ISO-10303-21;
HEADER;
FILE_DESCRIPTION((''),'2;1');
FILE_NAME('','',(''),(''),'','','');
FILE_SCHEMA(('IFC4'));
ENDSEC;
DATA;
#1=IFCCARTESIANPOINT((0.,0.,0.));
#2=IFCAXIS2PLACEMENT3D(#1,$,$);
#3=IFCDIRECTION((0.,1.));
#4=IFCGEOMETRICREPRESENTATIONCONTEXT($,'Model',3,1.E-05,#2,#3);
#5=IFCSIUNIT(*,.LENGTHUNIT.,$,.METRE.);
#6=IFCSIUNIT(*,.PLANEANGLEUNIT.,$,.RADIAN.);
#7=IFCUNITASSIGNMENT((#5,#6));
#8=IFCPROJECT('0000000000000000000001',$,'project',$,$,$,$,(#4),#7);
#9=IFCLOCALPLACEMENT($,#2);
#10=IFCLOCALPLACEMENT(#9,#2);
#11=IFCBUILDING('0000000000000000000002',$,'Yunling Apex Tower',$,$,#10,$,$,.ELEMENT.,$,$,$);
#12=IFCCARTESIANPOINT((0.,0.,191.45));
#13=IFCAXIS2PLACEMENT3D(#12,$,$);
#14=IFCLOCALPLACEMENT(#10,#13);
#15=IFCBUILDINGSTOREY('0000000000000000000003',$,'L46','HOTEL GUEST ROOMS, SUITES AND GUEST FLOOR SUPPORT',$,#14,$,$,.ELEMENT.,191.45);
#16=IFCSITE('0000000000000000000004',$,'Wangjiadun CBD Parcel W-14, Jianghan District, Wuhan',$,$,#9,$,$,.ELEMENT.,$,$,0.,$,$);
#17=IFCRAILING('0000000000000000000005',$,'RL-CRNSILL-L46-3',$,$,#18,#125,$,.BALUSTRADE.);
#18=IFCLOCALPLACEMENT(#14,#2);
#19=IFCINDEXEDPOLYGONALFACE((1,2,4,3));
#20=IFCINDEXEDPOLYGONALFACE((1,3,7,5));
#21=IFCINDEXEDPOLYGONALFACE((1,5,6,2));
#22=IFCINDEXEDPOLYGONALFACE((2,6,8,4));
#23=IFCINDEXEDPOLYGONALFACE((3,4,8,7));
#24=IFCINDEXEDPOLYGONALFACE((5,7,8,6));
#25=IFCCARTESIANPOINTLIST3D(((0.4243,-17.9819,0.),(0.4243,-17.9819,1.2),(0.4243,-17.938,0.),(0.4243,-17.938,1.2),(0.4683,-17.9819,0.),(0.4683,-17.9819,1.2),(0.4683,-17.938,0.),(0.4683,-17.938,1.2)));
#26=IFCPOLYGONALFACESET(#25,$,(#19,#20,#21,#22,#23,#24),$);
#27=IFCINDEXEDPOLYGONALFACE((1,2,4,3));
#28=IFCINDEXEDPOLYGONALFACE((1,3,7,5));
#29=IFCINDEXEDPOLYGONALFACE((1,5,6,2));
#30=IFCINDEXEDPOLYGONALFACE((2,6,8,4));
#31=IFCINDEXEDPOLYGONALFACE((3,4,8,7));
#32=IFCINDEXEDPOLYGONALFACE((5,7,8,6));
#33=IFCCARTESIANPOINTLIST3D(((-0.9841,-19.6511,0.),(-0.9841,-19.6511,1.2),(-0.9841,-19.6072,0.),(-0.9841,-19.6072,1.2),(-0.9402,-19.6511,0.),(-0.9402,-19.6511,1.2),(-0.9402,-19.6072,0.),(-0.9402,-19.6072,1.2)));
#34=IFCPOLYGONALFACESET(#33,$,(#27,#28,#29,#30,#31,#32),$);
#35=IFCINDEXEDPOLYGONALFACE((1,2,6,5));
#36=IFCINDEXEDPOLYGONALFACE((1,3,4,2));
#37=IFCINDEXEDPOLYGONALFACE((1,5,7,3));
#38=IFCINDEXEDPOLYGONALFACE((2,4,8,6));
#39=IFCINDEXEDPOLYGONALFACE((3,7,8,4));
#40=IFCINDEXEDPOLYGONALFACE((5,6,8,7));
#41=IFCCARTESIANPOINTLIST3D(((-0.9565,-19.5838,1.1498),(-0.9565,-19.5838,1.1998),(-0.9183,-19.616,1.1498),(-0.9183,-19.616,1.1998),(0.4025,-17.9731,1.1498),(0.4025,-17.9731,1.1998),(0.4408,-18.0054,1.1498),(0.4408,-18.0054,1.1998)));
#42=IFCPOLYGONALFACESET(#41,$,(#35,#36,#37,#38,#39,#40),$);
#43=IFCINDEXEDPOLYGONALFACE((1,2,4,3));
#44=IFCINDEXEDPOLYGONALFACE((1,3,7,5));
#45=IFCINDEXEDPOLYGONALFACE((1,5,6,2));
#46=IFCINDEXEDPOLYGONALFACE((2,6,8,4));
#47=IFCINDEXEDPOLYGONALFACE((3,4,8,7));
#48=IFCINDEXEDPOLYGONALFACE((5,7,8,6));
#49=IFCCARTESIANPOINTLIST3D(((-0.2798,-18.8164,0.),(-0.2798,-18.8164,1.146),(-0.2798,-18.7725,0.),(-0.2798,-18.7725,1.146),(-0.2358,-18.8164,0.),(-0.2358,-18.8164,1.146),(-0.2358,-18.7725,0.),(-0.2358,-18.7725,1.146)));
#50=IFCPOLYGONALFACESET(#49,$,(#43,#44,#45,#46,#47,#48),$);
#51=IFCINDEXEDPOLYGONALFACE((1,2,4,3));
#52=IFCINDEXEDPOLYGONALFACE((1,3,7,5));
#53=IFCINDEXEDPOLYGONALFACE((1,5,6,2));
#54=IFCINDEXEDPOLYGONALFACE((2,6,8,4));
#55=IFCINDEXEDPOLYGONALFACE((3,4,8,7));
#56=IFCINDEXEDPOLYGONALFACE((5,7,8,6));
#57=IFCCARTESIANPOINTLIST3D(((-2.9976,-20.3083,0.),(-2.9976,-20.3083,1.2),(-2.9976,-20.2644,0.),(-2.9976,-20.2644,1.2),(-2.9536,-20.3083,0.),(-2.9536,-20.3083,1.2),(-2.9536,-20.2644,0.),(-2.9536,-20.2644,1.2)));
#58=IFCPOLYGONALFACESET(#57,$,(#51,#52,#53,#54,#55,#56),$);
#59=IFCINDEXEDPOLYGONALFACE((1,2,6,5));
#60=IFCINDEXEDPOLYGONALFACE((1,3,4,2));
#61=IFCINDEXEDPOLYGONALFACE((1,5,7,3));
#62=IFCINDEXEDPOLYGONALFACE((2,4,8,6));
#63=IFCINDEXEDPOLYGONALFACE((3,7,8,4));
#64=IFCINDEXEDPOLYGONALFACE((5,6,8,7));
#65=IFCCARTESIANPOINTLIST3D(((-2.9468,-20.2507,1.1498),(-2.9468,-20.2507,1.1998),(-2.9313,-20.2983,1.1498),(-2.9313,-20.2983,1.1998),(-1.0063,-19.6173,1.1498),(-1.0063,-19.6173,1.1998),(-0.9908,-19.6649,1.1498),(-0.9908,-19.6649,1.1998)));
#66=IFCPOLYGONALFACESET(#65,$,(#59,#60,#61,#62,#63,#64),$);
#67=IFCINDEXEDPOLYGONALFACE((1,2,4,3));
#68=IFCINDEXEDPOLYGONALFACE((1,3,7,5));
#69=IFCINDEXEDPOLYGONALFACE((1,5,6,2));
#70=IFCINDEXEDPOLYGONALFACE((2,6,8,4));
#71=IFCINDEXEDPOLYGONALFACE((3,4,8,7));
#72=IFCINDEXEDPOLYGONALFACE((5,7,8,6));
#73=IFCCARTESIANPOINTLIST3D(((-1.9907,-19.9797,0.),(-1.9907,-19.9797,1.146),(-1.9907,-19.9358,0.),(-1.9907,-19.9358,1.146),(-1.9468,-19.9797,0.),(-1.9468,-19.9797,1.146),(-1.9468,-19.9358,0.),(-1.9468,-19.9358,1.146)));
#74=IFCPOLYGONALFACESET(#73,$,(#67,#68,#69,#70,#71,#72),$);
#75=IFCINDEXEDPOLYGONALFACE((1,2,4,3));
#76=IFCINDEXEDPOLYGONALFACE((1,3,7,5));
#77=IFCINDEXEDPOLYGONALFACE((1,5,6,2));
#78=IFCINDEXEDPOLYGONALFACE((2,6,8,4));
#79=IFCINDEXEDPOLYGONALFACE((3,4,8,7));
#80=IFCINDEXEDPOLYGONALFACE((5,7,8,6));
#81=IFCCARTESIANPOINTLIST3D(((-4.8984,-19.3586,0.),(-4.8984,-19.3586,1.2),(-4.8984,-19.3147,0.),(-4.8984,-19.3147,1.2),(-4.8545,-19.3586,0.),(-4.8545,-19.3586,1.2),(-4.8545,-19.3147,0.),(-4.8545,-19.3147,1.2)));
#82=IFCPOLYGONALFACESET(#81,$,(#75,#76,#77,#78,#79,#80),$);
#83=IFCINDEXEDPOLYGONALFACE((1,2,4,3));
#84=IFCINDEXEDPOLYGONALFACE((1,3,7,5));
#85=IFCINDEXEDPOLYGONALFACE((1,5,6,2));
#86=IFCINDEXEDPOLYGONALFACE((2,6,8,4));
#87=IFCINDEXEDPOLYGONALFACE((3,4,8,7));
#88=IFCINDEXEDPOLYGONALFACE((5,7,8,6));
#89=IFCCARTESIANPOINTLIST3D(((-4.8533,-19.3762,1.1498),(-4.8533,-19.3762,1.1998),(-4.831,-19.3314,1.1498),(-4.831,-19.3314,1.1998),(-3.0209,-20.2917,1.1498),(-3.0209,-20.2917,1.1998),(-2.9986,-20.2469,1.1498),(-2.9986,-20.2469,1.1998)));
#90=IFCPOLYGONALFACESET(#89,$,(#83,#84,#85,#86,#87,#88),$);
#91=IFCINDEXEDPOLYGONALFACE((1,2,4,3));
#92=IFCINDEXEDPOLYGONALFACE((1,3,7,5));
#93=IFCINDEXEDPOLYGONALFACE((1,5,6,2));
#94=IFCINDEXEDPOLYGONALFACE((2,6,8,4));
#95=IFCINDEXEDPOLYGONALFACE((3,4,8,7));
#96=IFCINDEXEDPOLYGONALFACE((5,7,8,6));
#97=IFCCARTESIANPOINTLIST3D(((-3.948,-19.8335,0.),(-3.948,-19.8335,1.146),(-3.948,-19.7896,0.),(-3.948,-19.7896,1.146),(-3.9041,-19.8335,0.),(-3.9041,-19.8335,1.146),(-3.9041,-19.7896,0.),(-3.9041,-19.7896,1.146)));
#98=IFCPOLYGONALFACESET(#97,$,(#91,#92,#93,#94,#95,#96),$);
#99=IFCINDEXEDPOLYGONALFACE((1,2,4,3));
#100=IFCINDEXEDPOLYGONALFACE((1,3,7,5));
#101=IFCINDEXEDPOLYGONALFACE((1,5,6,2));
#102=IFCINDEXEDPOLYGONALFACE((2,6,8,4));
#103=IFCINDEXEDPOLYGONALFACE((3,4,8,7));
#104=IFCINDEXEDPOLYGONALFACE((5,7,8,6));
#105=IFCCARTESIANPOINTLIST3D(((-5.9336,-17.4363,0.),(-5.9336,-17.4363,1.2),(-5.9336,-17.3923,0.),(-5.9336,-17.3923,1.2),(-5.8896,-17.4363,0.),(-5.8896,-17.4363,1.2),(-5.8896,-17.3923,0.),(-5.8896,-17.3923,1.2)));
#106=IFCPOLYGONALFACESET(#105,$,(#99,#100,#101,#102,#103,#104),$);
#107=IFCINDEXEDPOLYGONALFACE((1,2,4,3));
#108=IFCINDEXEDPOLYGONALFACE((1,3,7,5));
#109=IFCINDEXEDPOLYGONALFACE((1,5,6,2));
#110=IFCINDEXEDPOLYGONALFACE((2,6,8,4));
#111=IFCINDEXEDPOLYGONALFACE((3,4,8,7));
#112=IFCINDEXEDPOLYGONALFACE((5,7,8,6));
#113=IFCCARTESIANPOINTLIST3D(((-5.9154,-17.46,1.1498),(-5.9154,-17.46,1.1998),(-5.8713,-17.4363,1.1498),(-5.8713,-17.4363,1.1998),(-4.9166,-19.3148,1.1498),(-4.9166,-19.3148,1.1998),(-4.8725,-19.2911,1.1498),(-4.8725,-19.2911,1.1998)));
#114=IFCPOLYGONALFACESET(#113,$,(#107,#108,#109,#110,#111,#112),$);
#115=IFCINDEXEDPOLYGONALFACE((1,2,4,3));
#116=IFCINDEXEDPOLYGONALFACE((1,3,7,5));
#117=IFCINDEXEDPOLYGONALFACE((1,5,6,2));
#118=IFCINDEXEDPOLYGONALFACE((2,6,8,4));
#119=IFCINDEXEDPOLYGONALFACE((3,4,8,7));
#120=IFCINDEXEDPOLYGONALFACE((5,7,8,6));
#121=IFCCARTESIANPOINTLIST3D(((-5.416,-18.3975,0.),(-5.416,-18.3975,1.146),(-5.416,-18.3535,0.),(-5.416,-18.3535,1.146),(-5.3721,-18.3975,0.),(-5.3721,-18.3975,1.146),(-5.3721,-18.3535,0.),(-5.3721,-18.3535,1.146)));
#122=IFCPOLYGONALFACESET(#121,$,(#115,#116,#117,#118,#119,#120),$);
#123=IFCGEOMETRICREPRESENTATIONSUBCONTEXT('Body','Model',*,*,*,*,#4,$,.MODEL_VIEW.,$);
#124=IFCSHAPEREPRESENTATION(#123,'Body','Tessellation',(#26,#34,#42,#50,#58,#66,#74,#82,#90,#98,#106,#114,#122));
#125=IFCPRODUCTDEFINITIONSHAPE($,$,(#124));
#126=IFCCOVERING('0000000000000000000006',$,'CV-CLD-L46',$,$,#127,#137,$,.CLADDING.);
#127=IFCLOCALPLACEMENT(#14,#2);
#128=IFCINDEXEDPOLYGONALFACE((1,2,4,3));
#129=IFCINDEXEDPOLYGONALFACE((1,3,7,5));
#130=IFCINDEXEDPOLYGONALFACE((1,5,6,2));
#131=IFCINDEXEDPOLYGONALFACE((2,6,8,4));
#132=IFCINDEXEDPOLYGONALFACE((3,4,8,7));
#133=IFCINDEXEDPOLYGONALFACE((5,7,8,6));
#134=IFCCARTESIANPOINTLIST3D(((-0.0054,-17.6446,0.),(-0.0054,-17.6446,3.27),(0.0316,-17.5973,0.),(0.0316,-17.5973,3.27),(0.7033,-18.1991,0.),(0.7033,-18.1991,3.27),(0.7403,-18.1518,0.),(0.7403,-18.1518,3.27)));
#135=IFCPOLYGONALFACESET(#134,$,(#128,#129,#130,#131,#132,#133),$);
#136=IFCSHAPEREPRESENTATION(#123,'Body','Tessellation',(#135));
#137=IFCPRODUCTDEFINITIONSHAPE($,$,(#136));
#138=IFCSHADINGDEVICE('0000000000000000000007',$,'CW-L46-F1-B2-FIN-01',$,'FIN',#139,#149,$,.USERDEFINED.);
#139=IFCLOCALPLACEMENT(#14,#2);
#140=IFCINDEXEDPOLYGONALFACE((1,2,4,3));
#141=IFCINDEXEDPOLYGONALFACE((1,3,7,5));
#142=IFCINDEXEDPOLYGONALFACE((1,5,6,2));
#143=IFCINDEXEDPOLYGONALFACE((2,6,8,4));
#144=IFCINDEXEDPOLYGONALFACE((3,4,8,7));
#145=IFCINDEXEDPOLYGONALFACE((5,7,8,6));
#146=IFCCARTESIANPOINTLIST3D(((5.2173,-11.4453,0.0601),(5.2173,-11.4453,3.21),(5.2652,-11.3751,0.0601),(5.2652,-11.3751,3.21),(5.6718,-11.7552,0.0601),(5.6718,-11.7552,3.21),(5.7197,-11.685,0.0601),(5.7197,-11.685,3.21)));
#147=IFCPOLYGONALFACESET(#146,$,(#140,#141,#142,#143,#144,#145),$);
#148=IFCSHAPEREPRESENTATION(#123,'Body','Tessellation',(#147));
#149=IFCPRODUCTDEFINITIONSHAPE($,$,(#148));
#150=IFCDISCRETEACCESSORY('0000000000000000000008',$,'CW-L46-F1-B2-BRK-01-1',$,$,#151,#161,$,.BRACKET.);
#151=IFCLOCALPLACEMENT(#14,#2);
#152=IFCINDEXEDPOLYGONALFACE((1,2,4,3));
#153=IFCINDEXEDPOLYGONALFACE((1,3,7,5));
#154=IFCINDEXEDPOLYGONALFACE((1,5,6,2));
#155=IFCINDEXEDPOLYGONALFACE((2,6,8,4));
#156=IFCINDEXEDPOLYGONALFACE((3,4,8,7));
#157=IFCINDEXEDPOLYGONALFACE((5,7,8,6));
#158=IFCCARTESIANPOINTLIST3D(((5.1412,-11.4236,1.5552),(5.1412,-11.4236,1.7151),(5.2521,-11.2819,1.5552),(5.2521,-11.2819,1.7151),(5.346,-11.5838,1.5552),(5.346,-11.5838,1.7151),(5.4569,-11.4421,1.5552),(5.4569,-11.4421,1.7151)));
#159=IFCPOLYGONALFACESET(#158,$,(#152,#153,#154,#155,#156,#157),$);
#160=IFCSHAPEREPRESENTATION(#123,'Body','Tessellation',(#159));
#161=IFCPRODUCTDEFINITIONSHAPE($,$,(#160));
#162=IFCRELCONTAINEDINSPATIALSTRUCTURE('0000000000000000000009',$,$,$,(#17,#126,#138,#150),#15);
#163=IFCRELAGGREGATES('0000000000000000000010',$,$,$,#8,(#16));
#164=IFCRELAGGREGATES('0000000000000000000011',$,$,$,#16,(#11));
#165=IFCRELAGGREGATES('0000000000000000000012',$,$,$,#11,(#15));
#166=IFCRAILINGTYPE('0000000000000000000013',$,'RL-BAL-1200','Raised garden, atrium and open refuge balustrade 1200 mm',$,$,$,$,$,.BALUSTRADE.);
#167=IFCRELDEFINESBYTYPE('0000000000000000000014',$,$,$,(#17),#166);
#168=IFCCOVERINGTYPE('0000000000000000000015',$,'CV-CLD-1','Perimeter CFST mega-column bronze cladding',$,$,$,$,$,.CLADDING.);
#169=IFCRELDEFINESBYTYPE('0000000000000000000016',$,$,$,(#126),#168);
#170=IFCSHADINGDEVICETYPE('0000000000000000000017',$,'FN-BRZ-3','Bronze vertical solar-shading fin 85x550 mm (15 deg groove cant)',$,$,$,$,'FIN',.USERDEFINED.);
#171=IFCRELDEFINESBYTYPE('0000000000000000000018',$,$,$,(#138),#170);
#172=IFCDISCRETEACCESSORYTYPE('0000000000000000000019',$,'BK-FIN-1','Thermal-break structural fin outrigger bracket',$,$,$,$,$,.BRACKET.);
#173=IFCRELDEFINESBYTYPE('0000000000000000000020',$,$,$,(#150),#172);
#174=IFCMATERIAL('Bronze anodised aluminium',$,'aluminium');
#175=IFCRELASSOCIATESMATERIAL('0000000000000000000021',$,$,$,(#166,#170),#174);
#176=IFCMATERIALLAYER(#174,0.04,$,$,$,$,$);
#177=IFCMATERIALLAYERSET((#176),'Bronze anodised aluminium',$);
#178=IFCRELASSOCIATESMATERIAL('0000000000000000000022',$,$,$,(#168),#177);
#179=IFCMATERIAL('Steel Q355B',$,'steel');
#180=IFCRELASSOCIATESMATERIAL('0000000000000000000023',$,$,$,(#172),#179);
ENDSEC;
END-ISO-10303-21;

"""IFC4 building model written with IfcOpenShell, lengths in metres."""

from ifc_helpers import new_model, si_unit, direction, frame, origin, origin_2d, place, context, subcontext, project, spatial, rectangle, extrude, source, transform, mapped, material, layer, layer_set, material_profile, profile_set, type_object, element, save


model = new_model("IFC4")

# Units and contexts
model_context = context("Model", 3, precision=1e-05, world=origin(), true_north=direction((0.0, 1.0)))
body_context = subcontext(model_context, "Body", "Model", "MODEL_VIEW")
ifc_project = project(units=[si_unit("LENGTHUNIT", "METRE"), si_unit("PLANEANGLEUNIT", "RADIAN")], contexts=[model_context])

# Site, building, storey
site_placement = place(None, origin())
site = spatial("IfcSite", under=ifc_project, at=site_placement, Name="Wangjiadun CBD Parcel W-14, Jianghan District, Wuhan", CompositionType="ELEMENT", RefElevation=0.0)
building_placement = place(site_placement, origin())
building = spatial("IfcBuilding", under=site, at=building_placement, Name="Yunling Apex Tower", CompositionType="ELEMENT")
storey_placement = place(building_placement, frame((0.0, 0.0, 191.45)))
storey = spatial("IfcBuildingStorey", under=building, at=storey_placement, Name="L46", Description="HOTEL GUEST ROOMS, SUITES AND GUEST FLOOR SUPPORT", CompositionType="ELEMENT", Elevation=191.45)

# Shared definitions
ifc_material_1 = material(Name="Steel Q355B", Category="steel")

# Shared definitions
ifc_material_2 = material(Name="Bronze anodised aluminium", Category="aluminium")

# Railing
railing_type = type_object("IfcRailingType", Name="RL-BAL-1200", Description="Raised garden, atrium and open refuge balustrade 1200 mm", PredefinedType="BALUSTRADE", material=ifc_material_2)
railing_placement = place(storey_placement, frame((0.4463, -17.96, 0.0)))
element("IfcRailing", 1, at=railing_placement, inside=storey, type_object=railing_type, Name="RL-CRNSILL-L46-3", PredefinedType="BALUSTRADE", context=body_context, shape_type="SweptSolid", body=[
    extrude(rectangle(XDim=0.0439, YDim=0.0439, at=origin_2d()), origin(), (0.0, 0.0, 1.0), 1.2),
    extrude(rectangle(XDim=0.0439, YDim=0.0439, at=origin_2d()), frame((-1.4084, -1.6692, 0.0)), (0.0, 0.0, 1.0), 1.2),
    extrude(rectangle(XDim=0.05, YDim=0.05, at=origin_2d()), frame((-0.0247, -0.0293, 1.1748), z_axis=(-0.644889, -0.764276, 0.0), x_axis=(0.764276, -0.644889, 0.0)), (0.0, 0.0, 1.0), 2.1074),
    extrude(rectangle(XDim=0.0439, YDim=0.0439, at=origin_2d()), frame((-0.7041, -0.8345, 0.0)), (0.0, 0.0, 1.0), 1.146),
    extrude(rectangle(XDim=0.0439, YDim=0.0439, at=origin_2d()), frame((-3.4219, -2.3264, 0.0)), (0.0, 0.0, 1.0), 1.2),
    extrude(rectangle(XDim=0.05, YDim=0.05, at=origin_2d()), frame((-1.4448, -1.6812, 1.1748), z_axis=(-0.950636, -0.310308, 0.0), x_axis=(0.310308, -0.950636, 0.0)), (0.0, 0.0, 1.0), 2.0413),
    extrude(rectangle(XDim=0.0439, YDim=0.0439, at=origin_2d()), frame((-2.415, -1.9978, 0.0)), (0.0, 0.0, 1.0), 1.146),
    extrude(rectangle(XDim=0.0439, YDim=0.0439, at=origin_2d()), frame((-5.3228, -1.3767, 0.0)), (0.0, 0.0, 1.0), 1.2),
    extrude(rectangle(XDim=0.05, YDim=0.05, at=origin_2d()), frame((-3.4561, -2.3093, 1.1748), z_axis=(-0.894565, 0.446938, 0.0), x_axis=(-0.446938, -0.894565, 0.0)), (0.0, 0.0, 1.0), 2.0483),
    extrude(rectangle(XDim=0.0439, YDim=0.0439, at=origin_2d()), frame((-4.3723, -1.8516, 0.0)), (0.0, 0.0, 1.0), 1.146),
    extrude(rectangle(XDim=0.0439, YDim=0.0439, at=origin_2d()), frame((-6.3579, 0.5457, 0.0)), (0.0, 0.0, 1.0), 1.2),
    extrude(rectangle(XDim=0.05, YDim=0.05, at=origin_2d()), frame((-5.3408, -1.343, 1.1748), z_axis=(-0.474113, 0.880464, 0.0), x_axis=(-0.880464, -0.474113, 0.0)), (0.0, 0.0, 1.0), 2.1067),
    extrude(rectangle(XDim=0.0439, YDim=0.0439, at=origin_2d()), frame((-5.8403, -0.4155, 0.0)), (0.0, 0.0, 1.0), 1.146),
])

# Covering
ifc_layer_1 = layer(ifc_material_2, 0.04)
ifc_layer_set_1 = layer_set([ifc_layer_1], Name="Bronze anodised aluminium")
covering_type = type_object("IfcCoveringType", Name="CV-CLD-1", Description="Perimeter CFST mega-column bronze cladding", PredefinedType="CLADDING", material=ifc_layer_set_1)
shared_shape_1 = source(origin(), body_context, "Body", "SweptSolid", [
    extrude(rectangle(XDim=0.0601, YDim=0.8999, at=origin_2d()), origin(), (0.0, 0.0, 1.0), 3.27),
])
covering_placement = place(storey_placement, frame((0.3674, -17.8982, 0.0), z_axis=(0.0, 0.0, 1.0), x_axis=(0.616211, 0.787581, 0.0)))
element("IfcCovering", 2, at=covering_placement, inside=storey, type_object=covering_type, Name="CV-CLD-L46", PredefinedType="CLADDING", context=body_context, shape_type="MappedRepresentation", body=[
    mapped(shared_shape_1, transform((0.0, 0.0, 0.0), scale=1.0)),
])

# Shading device
ifc_material_profile_1 = material_profile(ifc_material_2, rectangle(XDim=0.085, YDim=0.55, at=origin_2d()))
ifc_profile_set_1 = profile_set([ifc_material_profile_1], Name="Bronze anodised aluminium")
shading_device_type = type_object("IfcShadingDeviceType", Name="FN-BRZ-3", Description="Bronze vertical solar-shading fin 85x550 mm (15 deg groove cant)", ElementType="FIN", PredefinedType="USERDEFINED", material=ifc_profile_set_1)
shared_shape_2 = source(origin(), body_context, "Body", "SweptSolid", [
    extrude(rectangle(XDim=0.085, YDim=0.55, at=origin_2d()), origin(), (0.0, 0.0, 1.0), 3.1499),
])
shading_device_placement = place(storey_placement, frame((5.4685, -11.5652, 0.0601), z_axis=(0.0, 0.0, 1.0), x_axis=(0.563382, 0.826197, 0.0)))
element("IfcShadingDevice", 3, at=shading_device_placement, inside=storey, type_object=shading_device_type, Name="CW-L46-F1-B2-FIN-01", ObjectType="FIN", PredefinedType="USERDEFINED", context=body_context, shape_type="MappedRepresentation", body=[
    mapped(shared_shape_2, transform((0.0, 0.0, 0.0), scale=1.0)),
])

# Discrete accessory
discrete_accessory_type = type_object("IfcDiscreteAccessoryType", Name="BK-FIN-1", Description="Thermal-break structural fin outrigger bracket", PredefinedType="BRACKET", material=ifc_material_1)
shared_shape_3 = source(origin(), body_context, "Body", "SweptSolid", [
    extrude(rectangle(XDim=0.1799, YDim=0.26, at=origin_2d()), origin(), (0.0, 0.0, 1.0), 0.1599),
])
discrete_accessory_placement = place(storey_placement, frame((5.2991, -11.4329, 1.5552), z_axis=(0.0, 0.0, 1.0), x_axis=(0.616211, 0.787581, 0.0)))
element("IfcDiscreteAccessory", 4, at=discrete_accessory_placement, inside=storey, type_object=discrete_accessory_type, Name="CW-L46-F1-B2-BRK-01-1", PredefinedType="BRACKET", context=body_context, shape_type="MappedRepresentation", body=[
    mapped(shared_shape_3, transform((0.0, 0.0, 0.0), scale=1.0)),
])

save(model, "model.ifc")
